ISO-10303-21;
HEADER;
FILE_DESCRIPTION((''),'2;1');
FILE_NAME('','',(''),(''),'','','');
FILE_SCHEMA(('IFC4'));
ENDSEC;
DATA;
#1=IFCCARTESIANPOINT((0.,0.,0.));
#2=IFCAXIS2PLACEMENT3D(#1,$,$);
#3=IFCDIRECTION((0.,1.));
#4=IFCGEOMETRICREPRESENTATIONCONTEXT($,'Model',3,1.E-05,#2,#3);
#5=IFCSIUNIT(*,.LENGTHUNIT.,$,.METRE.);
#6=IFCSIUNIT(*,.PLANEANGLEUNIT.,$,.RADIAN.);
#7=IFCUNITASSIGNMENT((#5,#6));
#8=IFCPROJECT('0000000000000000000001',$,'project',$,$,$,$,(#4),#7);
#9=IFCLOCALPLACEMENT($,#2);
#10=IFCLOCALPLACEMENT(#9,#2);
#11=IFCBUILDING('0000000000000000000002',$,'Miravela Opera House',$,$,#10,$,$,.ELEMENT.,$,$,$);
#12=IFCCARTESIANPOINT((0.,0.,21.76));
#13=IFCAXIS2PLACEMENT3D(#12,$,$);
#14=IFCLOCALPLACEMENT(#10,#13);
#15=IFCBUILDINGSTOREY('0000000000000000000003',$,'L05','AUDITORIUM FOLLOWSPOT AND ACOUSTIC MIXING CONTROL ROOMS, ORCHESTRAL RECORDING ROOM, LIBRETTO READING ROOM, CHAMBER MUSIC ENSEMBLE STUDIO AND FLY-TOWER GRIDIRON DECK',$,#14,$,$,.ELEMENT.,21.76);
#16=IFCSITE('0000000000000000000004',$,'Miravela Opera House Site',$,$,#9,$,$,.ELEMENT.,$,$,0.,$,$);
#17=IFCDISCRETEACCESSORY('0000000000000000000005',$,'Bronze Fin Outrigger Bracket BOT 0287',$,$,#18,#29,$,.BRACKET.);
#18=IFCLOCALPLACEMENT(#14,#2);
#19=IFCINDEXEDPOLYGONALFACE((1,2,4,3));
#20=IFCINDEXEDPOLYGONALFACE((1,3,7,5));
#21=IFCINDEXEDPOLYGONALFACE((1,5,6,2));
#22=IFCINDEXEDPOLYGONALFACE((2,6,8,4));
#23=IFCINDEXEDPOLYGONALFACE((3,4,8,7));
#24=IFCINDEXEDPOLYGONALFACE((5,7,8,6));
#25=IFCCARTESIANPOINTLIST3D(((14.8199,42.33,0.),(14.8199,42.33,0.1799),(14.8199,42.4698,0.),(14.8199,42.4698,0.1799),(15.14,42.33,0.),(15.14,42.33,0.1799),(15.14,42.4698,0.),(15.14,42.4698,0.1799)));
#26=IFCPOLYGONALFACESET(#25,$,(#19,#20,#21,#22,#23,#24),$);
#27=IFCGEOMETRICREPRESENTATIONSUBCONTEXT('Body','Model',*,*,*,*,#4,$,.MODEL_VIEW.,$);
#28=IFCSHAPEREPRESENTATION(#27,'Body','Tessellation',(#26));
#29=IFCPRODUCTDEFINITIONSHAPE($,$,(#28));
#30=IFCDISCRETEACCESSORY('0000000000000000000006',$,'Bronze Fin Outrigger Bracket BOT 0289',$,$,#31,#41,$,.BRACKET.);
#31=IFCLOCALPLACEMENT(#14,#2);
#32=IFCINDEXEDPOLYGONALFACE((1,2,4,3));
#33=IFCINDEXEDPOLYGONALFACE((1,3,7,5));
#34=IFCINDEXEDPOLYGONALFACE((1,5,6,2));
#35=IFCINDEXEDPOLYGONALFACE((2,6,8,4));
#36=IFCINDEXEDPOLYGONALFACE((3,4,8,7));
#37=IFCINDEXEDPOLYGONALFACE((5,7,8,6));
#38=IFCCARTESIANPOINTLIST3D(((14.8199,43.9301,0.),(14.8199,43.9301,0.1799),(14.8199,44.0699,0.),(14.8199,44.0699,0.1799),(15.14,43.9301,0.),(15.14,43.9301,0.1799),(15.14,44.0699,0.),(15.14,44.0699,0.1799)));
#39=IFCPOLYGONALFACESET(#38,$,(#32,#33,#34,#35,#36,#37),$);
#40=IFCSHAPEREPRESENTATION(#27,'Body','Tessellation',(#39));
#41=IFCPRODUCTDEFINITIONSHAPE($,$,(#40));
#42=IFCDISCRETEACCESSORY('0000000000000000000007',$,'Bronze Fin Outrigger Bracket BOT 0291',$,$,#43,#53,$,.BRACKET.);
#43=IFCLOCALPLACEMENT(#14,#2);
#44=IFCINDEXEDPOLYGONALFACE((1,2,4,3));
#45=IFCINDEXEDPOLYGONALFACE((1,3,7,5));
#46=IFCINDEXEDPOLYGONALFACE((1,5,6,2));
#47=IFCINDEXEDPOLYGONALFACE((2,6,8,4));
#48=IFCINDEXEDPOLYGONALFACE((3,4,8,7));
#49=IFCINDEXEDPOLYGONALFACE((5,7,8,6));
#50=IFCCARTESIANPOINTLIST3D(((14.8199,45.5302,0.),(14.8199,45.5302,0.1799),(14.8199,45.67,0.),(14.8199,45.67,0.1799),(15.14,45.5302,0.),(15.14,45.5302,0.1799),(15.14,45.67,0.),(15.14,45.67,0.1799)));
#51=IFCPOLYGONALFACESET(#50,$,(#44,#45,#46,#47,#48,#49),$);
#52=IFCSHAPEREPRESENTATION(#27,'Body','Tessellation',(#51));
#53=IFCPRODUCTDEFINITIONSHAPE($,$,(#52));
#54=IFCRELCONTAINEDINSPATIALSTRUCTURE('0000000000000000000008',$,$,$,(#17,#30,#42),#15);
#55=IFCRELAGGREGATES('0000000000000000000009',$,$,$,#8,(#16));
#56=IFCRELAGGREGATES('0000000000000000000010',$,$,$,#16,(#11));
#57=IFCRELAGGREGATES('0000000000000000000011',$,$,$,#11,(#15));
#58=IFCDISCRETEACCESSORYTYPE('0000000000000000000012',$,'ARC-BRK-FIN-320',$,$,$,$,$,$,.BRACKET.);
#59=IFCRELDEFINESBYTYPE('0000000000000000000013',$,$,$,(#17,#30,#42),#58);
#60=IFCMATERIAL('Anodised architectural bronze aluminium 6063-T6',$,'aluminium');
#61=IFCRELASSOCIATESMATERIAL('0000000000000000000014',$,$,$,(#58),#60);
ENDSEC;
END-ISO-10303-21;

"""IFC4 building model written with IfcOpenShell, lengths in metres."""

from ifc_helpers import new_model, si_unit, direction, frame, origin, origin_2d, place, context, subcontext, project, spatial, rectangle, extrude, material, type_object, element, save


model = new_model("IFC4")

# Units and contexts
model_context = context("Model", 3, precision=1e-05, world=origin(), true_north=direction((0.0, 1.0)))
body_context = subcontext(model_context, "Body", "Model", "MODEL_VIEW")
ifc_project = project(units=[si_unit("LENGTHUNIT", "METRE"), si_unit("PLANEANGLEUNIT", "RADIAN")], contexts=[model_context])

# Site, building, storey
site_placement = place(None, origin())
site = spatial("IfcSite", under=ifc_project, at=site_placement, Name="Miravela Opera House Site", CompositionType="ELEMENT", RefElevation=0.0)
building_placement = place(site_placement, origin())
building = spatial("IfcBuilding", under=site, at=building_placement, Name="Miravela Opera House", CompositionType="ELEMENT")
storey_placement = place(building_placement, frame((0.0, 0.0, 21.76)))
storey = spatial("IfcBuildingStorey", under=building, at=storey_placement, Name="L05", Description="AUDITORIUM FOLLOWSPOT AND ACOUSTIC MIXING CONTROL ROOMS, ORCHESTRAL RECORDING ROOM, LIBRETTO READING ROOM, CHAMBER MUSIC ENSEMBLE STUDIO AND FLY-TOWER GRIDIRON DECK", CompositionType="ELEMENT", Elevation=21.76)

# Shared definitions
ifc_material_1 = material(Name="Anodised architectural bronze aluminium 6063-T6", Category="aluminium")

# Discrete accessories
discrete_accessory_type = type_object("IfcDiscreteAccessoryType", Name="ARC-BRK-FIN-320", PredefinedType="BRACKET", material=ifc_material_1)
for number, where, z_axis, x_axis, name in (
    (1, (14.98, 42.3999, 0.0), (0.0, 0.0, 1.0), (1.0, 0.0, 0.0), "Bronze Fin Outrigger Bracket BOT 0287"),
    (2, (14.98, 44.0, 0.0), (0.0, 0.0, 1.0), (1.0, 0.0, 0.0), "Bronze Fin Outrigger Bracket BOT 0289"),
    (3, (14.98, 45.6001, 0.0), (0.0, 0.0, 1.0), (1.0, 0.0, 0.0), "Bronze Fin Outrigger Bracket BOT 0291"),
):
    element("IfcDiscreteAccessory", number, at=place(storey_placement, frame(where, z_axis=z_axis, x_axis=x_axis)), inside=storey, type_object=discrete_accessory_type, Name=name, PredefinedType="BRACKET", context=body_context, shape_type="SweptSolid", body=[
        extrude(rectangle(XDim=0.3201, YDim=0.1399, at=origin_2d()), origin(), (0.0, 0.0, 1.0), 0.1799),
    ])

save(model, "model.ifc")
